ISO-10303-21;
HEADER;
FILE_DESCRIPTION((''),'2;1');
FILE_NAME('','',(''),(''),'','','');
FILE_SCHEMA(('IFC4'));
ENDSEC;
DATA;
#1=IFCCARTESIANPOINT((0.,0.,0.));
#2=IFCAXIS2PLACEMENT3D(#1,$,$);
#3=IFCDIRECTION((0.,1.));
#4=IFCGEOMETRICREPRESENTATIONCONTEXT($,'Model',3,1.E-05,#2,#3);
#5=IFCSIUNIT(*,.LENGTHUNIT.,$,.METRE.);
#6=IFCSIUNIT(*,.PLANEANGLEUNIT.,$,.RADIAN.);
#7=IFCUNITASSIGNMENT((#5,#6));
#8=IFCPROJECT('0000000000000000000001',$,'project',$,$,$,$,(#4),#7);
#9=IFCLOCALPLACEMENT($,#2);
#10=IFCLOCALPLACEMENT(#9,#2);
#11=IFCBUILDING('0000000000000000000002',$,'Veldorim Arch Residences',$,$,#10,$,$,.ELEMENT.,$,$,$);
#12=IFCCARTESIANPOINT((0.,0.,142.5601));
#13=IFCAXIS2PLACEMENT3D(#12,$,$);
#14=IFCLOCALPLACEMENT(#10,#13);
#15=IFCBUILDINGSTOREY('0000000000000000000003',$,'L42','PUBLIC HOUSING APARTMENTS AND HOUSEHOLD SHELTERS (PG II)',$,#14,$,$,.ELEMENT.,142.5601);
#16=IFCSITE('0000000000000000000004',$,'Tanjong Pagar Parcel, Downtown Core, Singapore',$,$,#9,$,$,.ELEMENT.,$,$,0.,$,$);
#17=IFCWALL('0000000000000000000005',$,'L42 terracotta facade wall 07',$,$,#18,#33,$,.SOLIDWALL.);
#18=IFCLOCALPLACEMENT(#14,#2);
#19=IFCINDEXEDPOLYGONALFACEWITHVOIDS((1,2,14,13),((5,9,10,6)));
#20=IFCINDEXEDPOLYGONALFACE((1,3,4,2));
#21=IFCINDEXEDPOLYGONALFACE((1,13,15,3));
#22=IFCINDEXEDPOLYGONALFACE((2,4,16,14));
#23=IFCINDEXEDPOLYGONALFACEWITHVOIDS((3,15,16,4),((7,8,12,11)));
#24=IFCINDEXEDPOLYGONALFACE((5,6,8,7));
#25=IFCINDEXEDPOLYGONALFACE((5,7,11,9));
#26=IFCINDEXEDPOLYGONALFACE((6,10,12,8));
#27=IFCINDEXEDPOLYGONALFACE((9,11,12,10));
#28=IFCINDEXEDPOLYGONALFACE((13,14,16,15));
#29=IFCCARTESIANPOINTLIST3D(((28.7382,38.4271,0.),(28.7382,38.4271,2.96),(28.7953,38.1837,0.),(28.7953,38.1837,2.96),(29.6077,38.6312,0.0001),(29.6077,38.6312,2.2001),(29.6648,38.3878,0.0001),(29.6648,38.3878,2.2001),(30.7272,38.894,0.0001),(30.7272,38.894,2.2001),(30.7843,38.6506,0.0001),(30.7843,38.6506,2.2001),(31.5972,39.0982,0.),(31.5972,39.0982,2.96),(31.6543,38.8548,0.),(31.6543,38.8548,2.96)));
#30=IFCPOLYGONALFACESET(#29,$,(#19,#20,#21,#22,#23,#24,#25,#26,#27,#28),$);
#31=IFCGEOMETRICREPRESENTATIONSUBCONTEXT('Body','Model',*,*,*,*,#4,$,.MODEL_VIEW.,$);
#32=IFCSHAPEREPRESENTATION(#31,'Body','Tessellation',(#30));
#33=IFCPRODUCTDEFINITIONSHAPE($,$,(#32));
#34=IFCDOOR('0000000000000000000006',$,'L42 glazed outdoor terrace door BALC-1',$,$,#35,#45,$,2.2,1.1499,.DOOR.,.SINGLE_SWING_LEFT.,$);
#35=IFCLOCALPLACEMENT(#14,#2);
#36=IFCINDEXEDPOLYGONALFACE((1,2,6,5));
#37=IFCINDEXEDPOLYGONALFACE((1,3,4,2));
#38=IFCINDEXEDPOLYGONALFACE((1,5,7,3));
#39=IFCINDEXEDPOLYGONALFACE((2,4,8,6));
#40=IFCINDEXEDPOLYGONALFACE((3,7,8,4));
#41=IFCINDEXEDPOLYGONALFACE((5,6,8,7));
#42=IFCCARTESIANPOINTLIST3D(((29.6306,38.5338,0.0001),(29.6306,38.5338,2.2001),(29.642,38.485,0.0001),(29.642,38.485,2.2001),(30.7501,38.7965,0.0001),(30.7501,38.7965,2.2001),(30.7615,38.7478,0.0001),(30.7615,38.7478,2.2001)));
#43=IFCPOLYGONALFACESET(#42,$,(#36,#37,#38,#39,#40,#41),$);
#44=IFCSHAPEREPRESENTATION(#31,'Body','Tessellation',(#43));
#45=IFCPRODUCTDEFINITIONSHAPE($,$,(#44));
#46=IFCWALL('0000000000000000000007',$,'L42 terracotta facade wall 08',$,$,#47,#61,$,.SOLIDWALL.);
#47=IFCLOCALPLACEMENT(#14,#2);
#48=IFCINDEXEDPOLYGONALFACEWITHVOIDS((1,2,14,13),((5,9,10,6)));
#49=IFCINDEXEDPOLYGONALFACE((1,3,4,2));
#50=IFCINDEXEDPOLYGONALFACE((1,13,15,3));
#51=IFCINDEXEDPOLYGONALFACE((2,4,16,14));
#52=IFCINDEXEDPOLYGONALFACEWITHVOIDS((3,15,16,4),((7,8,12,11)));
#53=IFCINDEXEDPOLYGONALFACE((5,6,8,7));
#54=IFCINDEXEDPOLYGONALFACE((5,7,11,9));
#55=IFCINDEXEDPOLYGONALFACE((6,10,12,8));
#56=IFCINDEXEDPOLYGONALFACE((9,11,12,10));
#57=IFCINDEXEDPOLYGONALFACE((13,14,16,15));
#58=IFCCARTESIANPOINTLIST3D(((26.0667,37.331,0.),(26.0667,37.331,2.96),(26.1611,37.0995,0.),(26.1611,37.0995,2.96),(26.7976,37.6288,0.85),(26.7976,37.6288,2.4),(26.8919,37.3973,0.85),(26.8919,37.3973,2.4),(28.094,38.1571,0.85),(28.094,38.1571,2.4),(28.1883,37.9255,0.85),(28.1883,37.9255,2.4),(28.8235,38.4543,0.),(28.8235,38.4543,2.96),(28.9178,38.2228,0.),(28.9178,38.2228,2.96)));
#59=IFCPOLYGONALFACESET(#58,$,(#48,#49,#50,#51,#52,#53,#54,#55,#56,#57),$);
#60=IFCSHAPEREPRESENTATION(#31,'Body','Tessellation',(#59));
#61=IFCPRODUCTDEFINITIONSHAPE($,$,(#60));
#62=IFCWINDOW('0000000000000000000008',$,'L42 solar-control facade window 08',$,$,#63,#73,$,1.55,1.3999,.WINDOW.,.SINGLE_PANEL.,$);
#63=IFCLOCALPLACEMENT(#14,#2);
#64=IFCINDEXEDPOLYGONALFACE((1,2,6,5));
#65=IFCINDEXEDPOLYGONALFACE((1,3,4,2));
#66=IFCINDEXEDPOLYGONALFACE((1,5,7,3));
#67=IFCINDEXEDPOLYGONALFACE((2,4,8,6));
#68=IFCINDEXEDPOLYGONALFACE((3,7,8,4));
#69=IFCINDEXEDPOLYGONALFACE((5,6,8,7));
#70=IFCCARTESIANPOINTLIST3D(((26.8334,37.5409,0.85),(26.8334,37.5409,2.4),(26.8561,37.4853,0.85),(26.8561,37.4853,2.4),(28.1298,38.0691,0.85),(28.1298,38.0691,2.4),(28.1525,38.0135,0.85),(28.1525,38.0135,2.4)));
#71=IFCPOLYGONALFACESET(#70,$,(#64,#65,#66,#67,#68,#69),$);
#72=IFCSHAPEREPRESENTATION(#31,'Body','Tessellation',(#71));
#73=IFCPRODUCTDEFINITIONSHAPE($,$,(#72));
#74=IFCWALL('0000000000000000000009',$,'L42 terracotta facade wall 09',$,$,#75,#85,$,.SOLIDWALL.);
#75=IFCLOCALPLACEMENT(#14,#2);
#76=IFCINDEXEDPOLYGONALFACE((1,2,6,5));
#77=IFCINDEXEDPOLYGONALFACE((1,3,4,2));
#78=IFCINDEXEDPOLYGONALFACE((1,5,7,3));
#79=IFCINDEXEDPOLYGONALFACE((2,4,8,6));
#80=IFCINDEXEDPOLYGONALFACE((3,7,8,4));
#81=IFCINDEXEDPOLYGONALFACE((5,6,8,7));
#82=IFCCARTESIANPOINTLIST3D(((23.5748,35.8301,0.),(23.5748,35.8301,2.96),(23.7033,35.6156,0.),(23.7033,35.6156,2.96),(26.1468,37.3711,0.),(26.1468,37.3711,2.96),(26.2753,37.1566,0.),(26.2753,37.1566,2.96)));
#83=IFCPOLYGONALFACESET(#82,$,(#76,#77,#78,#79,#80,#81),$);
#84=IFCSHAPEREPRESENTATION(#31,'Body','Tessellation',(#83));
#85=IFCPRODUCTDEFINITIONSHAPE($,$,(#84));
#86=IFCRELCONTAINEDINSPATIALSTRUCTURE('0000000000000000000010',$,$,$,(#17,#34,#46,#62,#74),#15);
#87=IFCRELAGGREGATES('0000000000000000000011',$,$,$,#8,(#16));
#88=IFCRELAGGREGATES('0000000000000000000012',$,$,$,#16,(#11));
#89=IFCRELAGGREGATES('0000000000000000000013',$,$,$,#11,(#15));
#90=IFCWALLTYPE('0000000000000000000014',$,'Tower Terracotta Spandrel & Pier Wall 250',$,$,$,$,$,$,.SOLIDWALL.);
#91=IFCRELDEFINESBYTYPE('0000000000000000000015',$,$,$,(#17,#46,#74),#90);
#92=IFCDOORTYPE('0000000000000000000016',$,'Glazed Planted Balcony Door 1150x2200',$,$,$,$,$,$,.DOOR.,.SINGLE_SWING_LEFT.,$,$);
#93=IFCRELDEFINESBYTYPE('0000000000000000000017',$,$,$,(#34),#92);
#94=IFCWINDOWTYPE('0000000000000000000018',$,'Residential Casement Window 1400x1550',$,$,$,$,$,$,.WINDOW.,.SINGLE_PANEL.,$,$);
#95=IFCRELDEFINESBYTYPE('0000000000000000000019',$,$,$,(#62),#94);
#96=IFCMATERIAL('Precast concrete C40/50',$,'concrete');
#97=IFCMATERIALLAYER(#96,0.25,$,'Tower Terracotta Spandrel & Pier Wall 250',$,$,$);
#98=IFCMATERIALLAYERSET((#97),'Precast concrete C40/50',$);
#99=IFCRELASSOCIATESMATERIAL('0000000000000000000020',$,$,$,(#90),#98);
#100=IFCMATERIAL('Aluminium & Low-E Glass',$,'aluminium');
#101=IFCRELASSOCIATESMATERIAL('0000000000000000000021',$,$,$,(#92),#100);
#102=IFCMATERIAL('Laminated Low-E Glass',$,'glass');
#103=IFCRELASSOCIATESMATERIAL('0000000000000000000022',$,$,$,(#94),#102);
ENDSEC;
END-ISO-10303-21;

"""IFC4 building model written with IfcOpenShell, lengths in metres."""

from ifc_helpers import new_model, si_unit, direction, frame, frame_2d, origin, place, context, subcontext, project, spatial, rectangle, extrude, material, layer, layer_set, type_object, element, fill, save


model = new_model("IFC4")

# Units and contexts
model_context = context("Model", 3, precision=1e-05, world=origin(), true_north=direction((0.0, 1.0)))
body_context = subcontext(model_context, "Body", "Model", "MODEL_VIEW")
ifc_project = project(units=[si_unit("LENGTHUNIT", "METRE"), si_unit("PLANEANGLEUNIT", "RADIAN")], contexts=[model_context])

# Site, building, storey
site_placement = place(None, origin())
site = spatial("IfcSite", under=ifc_project, at=site_placement, Name="Tanjong Pagar Parcel, Downtown Core, Singapore", CompositionType="ELEMENT", RefElevation=0.0)
building_placement = place(site_placement, origin())
building = spatial("IfcBuilding", under=site, at=building_placement, Name="Veldorim Arch Residences", CompositionType="ELEMENT")
storey_placement = place(building_placement, frame((0.0, 0.0, 142.5601)))
storey = spatial("IfcBuildingStorey", under=building, at=storey_placement, Name="L42", Description="PUBLIC HOUSING APARTMENTS AND HOUSEHOLD SHELTERS (PG II)", CompositionType="ELEMENT", Elevation=142.5601)

# Wall, opening, door
ifc_material_1 = material(Name="Precast concrete C40/50", Category="concrete")
ifc_layer_1 = layer(ifc_material_1, 0.25, Name="Tower Terracotta Spandrel & Pier Wall 250")
ifc_layer_set_1 = layer_set([ifc_layer_1], Name="Precast concrete C40/50")
wall_type_1 = type_object("IfcWallType", Name="Tower Terracotta Spandrel & Pier Wall 250", PredefinedType="SOLIDWALL", material=ifc_layer_set_1)
wall_1_placement = place(storey_placement, frame((28.7668, 38.3054, 0.0), z_axis=(0.0, 0.0, 1.0), x_axis=(0.973538, 0.228525, 0.0)))
wall_1 = element("IfcWall", 1, at=wall_1_placement, inside=storey, type_object=wall_type_1, Name="L42 terracotta facade wall 07", PredefinedType="SOLIDWALL", context=body_context, shape_type="SweptSolid", body=[
    extrude(rectangle(XDim=2.9368, YDim=0.25, at=frame_2d((1.4683, 0.0))), origin(), (0.0, 0.0, 1.0), 2.96),
])
opening_1_placement = place(wall_1_placement, frame((0.8931, 0.0, 0.0)))
opening_1 = element("IfcOpeningElement", 2, at=opening_1_placement, cuts=wall_1, PredefinedType="OPENING", context=body_context, shape_type="SweptSolid", body=[
    extrude(rectangle(XDim=1.1499, YDim=2.2, at=frame_2d((0.575, 1.1001))), frame((0.0, 0.135, 0.0), z_axis=(0.0, -1.0, 0.0), x_axis=(1.0, 0.0, 0.0)), (0.0, 0.0, 1.0), 0.27),
])
ifc_material_2 = material(Name="Aluminium & Low-E Glass", Category="aluminium")
door_type = type_object("IfcDoorType", Name="Glazed Planted Balcony Door 1150x2200", OperationType="SINGLE_SWING_LEFT", PredefinedType="DOOR", material=ifc_material_2)
door_placement = place(opening_1_placement, origin())
door = element("IfcDoor", 3, at=door_placement, inside=storey, type_object=door_type, Name="L42 glazed outdoor terrace door BALC-1", OperationType="SINGLE_SWING_LEFT", OverallHeight=2.2, OverallWidth=1.1499, PredefinedType="DOOR", context=body_context, shape_type="SweptSolid", body=[
    extrude(rectangle(XDim=1.1499, YDim=2.2, at=frame_2d((0.575, 1.1001))), frame((0.0, 0.0249, 0.0), z_axis=(0.0, -1.0, 0.0), x_axis=(1.0, 0.0, 0.0)), (0.0, 0.0, 1.0), 0.05),
])
fill(opening_1, door)

# Wall, opening, window
wall_2_placement = place(storey_placement, frame((26.114, 37.2153, 0.0), z_axis=(0.0, 0.0, 1.0), x_axis=(0.926076, 0.377336, 0.0)))
wall_2 = element("IfcWall", 4, at=wall_2_placement, inside=storey, type_object=wall_type_1, Name="L42 terracotta facade wall 08", PredefinedType="SOLIDWALL", context=body_context, shape_type="SweptSolid", body=[
    extrude(rectangle(XDim=2.9768, YDim=0.25, at=frame_2d((1.4883, 0.0))), origin(), (0.0, 0.0, 1.0), 2.96),
])
opening_2_placement = place(wall_2_placement, frame((0.7891, 0.0, 0.8501)))
opening_2 = element("IfcOpeningElement", 5, at=opening_2_placement, cuts=wall_2, PredefinedType="OPENING", context=body_context, shape_type="SweptSolid", body=[
    extrude(rectangle(XDim=1.3999, YDim=1.55, at=frame_2d((0.7, 0.7749))), frame((0.0, 0.135, 0.0), z_axis=(0.0, -1.0, 0.0), x_axis=(1.0, 0.0, 0.0)), (0.0, 0.0, 1.0), 0.27),
])
ifc_material_3 = material(Name="Laminated Low-E Glass", Category="glass")
window_type = type_object("IfcWindowType", Name="Residential Casement Window 1400x1550", PartitioningType="SINGLE_PANEL", PredefinedType="WINDOW", material=ifc_material_3)
window_placement = place(opening_2_placement, origin())
window = element("IfcWindow", 6, at=window_placement, inside=storey, type_object=window_type, Name="L42 solar-control facade window 08", OverallHeight=1.55, OverallWidth=1.3999, PartitioningType="SINGLE_PANEL", PredefinedType="WINDOW", context=body_context, shape_type="SweptSolid", body=[
    extrude(rectangle(XDim=1.3999, YDim=1.55, at=frame_2d((0.7, 0.7749))), frame((0.0, 0.03, 0.0), z_axis=(0.0, -1.0, 0.0), x_axis=(1.0, 0.0, 0.0)), (0.0, 0.0, 1.0), 0.0601),
])
fill(opening_2, window)

# Wall
wall_3_placement = place(storey_placement, frame((23.6392, 35.7229, 0.0), z_axis=(0.0, 0.0, 1.0), x_axis=(0.857816, 0.513957, 0.0)))
element("IfcWall", 7, at=wall_3_placement, inside=storey, type_object=wall_type_1, Name="L42 terracotta facade wall 09", PredefinedType="SOLIDWALL", context=body_context, shape_type="SweptSolid", body=[
    extrude(rectangle(XDim=2.9983, YDim=0.25, at=frame_2d((1.499, 0.0))), origin(), (0.0, 0.0, 1.0), 2.96),
])

save(model, "model.ifc")
